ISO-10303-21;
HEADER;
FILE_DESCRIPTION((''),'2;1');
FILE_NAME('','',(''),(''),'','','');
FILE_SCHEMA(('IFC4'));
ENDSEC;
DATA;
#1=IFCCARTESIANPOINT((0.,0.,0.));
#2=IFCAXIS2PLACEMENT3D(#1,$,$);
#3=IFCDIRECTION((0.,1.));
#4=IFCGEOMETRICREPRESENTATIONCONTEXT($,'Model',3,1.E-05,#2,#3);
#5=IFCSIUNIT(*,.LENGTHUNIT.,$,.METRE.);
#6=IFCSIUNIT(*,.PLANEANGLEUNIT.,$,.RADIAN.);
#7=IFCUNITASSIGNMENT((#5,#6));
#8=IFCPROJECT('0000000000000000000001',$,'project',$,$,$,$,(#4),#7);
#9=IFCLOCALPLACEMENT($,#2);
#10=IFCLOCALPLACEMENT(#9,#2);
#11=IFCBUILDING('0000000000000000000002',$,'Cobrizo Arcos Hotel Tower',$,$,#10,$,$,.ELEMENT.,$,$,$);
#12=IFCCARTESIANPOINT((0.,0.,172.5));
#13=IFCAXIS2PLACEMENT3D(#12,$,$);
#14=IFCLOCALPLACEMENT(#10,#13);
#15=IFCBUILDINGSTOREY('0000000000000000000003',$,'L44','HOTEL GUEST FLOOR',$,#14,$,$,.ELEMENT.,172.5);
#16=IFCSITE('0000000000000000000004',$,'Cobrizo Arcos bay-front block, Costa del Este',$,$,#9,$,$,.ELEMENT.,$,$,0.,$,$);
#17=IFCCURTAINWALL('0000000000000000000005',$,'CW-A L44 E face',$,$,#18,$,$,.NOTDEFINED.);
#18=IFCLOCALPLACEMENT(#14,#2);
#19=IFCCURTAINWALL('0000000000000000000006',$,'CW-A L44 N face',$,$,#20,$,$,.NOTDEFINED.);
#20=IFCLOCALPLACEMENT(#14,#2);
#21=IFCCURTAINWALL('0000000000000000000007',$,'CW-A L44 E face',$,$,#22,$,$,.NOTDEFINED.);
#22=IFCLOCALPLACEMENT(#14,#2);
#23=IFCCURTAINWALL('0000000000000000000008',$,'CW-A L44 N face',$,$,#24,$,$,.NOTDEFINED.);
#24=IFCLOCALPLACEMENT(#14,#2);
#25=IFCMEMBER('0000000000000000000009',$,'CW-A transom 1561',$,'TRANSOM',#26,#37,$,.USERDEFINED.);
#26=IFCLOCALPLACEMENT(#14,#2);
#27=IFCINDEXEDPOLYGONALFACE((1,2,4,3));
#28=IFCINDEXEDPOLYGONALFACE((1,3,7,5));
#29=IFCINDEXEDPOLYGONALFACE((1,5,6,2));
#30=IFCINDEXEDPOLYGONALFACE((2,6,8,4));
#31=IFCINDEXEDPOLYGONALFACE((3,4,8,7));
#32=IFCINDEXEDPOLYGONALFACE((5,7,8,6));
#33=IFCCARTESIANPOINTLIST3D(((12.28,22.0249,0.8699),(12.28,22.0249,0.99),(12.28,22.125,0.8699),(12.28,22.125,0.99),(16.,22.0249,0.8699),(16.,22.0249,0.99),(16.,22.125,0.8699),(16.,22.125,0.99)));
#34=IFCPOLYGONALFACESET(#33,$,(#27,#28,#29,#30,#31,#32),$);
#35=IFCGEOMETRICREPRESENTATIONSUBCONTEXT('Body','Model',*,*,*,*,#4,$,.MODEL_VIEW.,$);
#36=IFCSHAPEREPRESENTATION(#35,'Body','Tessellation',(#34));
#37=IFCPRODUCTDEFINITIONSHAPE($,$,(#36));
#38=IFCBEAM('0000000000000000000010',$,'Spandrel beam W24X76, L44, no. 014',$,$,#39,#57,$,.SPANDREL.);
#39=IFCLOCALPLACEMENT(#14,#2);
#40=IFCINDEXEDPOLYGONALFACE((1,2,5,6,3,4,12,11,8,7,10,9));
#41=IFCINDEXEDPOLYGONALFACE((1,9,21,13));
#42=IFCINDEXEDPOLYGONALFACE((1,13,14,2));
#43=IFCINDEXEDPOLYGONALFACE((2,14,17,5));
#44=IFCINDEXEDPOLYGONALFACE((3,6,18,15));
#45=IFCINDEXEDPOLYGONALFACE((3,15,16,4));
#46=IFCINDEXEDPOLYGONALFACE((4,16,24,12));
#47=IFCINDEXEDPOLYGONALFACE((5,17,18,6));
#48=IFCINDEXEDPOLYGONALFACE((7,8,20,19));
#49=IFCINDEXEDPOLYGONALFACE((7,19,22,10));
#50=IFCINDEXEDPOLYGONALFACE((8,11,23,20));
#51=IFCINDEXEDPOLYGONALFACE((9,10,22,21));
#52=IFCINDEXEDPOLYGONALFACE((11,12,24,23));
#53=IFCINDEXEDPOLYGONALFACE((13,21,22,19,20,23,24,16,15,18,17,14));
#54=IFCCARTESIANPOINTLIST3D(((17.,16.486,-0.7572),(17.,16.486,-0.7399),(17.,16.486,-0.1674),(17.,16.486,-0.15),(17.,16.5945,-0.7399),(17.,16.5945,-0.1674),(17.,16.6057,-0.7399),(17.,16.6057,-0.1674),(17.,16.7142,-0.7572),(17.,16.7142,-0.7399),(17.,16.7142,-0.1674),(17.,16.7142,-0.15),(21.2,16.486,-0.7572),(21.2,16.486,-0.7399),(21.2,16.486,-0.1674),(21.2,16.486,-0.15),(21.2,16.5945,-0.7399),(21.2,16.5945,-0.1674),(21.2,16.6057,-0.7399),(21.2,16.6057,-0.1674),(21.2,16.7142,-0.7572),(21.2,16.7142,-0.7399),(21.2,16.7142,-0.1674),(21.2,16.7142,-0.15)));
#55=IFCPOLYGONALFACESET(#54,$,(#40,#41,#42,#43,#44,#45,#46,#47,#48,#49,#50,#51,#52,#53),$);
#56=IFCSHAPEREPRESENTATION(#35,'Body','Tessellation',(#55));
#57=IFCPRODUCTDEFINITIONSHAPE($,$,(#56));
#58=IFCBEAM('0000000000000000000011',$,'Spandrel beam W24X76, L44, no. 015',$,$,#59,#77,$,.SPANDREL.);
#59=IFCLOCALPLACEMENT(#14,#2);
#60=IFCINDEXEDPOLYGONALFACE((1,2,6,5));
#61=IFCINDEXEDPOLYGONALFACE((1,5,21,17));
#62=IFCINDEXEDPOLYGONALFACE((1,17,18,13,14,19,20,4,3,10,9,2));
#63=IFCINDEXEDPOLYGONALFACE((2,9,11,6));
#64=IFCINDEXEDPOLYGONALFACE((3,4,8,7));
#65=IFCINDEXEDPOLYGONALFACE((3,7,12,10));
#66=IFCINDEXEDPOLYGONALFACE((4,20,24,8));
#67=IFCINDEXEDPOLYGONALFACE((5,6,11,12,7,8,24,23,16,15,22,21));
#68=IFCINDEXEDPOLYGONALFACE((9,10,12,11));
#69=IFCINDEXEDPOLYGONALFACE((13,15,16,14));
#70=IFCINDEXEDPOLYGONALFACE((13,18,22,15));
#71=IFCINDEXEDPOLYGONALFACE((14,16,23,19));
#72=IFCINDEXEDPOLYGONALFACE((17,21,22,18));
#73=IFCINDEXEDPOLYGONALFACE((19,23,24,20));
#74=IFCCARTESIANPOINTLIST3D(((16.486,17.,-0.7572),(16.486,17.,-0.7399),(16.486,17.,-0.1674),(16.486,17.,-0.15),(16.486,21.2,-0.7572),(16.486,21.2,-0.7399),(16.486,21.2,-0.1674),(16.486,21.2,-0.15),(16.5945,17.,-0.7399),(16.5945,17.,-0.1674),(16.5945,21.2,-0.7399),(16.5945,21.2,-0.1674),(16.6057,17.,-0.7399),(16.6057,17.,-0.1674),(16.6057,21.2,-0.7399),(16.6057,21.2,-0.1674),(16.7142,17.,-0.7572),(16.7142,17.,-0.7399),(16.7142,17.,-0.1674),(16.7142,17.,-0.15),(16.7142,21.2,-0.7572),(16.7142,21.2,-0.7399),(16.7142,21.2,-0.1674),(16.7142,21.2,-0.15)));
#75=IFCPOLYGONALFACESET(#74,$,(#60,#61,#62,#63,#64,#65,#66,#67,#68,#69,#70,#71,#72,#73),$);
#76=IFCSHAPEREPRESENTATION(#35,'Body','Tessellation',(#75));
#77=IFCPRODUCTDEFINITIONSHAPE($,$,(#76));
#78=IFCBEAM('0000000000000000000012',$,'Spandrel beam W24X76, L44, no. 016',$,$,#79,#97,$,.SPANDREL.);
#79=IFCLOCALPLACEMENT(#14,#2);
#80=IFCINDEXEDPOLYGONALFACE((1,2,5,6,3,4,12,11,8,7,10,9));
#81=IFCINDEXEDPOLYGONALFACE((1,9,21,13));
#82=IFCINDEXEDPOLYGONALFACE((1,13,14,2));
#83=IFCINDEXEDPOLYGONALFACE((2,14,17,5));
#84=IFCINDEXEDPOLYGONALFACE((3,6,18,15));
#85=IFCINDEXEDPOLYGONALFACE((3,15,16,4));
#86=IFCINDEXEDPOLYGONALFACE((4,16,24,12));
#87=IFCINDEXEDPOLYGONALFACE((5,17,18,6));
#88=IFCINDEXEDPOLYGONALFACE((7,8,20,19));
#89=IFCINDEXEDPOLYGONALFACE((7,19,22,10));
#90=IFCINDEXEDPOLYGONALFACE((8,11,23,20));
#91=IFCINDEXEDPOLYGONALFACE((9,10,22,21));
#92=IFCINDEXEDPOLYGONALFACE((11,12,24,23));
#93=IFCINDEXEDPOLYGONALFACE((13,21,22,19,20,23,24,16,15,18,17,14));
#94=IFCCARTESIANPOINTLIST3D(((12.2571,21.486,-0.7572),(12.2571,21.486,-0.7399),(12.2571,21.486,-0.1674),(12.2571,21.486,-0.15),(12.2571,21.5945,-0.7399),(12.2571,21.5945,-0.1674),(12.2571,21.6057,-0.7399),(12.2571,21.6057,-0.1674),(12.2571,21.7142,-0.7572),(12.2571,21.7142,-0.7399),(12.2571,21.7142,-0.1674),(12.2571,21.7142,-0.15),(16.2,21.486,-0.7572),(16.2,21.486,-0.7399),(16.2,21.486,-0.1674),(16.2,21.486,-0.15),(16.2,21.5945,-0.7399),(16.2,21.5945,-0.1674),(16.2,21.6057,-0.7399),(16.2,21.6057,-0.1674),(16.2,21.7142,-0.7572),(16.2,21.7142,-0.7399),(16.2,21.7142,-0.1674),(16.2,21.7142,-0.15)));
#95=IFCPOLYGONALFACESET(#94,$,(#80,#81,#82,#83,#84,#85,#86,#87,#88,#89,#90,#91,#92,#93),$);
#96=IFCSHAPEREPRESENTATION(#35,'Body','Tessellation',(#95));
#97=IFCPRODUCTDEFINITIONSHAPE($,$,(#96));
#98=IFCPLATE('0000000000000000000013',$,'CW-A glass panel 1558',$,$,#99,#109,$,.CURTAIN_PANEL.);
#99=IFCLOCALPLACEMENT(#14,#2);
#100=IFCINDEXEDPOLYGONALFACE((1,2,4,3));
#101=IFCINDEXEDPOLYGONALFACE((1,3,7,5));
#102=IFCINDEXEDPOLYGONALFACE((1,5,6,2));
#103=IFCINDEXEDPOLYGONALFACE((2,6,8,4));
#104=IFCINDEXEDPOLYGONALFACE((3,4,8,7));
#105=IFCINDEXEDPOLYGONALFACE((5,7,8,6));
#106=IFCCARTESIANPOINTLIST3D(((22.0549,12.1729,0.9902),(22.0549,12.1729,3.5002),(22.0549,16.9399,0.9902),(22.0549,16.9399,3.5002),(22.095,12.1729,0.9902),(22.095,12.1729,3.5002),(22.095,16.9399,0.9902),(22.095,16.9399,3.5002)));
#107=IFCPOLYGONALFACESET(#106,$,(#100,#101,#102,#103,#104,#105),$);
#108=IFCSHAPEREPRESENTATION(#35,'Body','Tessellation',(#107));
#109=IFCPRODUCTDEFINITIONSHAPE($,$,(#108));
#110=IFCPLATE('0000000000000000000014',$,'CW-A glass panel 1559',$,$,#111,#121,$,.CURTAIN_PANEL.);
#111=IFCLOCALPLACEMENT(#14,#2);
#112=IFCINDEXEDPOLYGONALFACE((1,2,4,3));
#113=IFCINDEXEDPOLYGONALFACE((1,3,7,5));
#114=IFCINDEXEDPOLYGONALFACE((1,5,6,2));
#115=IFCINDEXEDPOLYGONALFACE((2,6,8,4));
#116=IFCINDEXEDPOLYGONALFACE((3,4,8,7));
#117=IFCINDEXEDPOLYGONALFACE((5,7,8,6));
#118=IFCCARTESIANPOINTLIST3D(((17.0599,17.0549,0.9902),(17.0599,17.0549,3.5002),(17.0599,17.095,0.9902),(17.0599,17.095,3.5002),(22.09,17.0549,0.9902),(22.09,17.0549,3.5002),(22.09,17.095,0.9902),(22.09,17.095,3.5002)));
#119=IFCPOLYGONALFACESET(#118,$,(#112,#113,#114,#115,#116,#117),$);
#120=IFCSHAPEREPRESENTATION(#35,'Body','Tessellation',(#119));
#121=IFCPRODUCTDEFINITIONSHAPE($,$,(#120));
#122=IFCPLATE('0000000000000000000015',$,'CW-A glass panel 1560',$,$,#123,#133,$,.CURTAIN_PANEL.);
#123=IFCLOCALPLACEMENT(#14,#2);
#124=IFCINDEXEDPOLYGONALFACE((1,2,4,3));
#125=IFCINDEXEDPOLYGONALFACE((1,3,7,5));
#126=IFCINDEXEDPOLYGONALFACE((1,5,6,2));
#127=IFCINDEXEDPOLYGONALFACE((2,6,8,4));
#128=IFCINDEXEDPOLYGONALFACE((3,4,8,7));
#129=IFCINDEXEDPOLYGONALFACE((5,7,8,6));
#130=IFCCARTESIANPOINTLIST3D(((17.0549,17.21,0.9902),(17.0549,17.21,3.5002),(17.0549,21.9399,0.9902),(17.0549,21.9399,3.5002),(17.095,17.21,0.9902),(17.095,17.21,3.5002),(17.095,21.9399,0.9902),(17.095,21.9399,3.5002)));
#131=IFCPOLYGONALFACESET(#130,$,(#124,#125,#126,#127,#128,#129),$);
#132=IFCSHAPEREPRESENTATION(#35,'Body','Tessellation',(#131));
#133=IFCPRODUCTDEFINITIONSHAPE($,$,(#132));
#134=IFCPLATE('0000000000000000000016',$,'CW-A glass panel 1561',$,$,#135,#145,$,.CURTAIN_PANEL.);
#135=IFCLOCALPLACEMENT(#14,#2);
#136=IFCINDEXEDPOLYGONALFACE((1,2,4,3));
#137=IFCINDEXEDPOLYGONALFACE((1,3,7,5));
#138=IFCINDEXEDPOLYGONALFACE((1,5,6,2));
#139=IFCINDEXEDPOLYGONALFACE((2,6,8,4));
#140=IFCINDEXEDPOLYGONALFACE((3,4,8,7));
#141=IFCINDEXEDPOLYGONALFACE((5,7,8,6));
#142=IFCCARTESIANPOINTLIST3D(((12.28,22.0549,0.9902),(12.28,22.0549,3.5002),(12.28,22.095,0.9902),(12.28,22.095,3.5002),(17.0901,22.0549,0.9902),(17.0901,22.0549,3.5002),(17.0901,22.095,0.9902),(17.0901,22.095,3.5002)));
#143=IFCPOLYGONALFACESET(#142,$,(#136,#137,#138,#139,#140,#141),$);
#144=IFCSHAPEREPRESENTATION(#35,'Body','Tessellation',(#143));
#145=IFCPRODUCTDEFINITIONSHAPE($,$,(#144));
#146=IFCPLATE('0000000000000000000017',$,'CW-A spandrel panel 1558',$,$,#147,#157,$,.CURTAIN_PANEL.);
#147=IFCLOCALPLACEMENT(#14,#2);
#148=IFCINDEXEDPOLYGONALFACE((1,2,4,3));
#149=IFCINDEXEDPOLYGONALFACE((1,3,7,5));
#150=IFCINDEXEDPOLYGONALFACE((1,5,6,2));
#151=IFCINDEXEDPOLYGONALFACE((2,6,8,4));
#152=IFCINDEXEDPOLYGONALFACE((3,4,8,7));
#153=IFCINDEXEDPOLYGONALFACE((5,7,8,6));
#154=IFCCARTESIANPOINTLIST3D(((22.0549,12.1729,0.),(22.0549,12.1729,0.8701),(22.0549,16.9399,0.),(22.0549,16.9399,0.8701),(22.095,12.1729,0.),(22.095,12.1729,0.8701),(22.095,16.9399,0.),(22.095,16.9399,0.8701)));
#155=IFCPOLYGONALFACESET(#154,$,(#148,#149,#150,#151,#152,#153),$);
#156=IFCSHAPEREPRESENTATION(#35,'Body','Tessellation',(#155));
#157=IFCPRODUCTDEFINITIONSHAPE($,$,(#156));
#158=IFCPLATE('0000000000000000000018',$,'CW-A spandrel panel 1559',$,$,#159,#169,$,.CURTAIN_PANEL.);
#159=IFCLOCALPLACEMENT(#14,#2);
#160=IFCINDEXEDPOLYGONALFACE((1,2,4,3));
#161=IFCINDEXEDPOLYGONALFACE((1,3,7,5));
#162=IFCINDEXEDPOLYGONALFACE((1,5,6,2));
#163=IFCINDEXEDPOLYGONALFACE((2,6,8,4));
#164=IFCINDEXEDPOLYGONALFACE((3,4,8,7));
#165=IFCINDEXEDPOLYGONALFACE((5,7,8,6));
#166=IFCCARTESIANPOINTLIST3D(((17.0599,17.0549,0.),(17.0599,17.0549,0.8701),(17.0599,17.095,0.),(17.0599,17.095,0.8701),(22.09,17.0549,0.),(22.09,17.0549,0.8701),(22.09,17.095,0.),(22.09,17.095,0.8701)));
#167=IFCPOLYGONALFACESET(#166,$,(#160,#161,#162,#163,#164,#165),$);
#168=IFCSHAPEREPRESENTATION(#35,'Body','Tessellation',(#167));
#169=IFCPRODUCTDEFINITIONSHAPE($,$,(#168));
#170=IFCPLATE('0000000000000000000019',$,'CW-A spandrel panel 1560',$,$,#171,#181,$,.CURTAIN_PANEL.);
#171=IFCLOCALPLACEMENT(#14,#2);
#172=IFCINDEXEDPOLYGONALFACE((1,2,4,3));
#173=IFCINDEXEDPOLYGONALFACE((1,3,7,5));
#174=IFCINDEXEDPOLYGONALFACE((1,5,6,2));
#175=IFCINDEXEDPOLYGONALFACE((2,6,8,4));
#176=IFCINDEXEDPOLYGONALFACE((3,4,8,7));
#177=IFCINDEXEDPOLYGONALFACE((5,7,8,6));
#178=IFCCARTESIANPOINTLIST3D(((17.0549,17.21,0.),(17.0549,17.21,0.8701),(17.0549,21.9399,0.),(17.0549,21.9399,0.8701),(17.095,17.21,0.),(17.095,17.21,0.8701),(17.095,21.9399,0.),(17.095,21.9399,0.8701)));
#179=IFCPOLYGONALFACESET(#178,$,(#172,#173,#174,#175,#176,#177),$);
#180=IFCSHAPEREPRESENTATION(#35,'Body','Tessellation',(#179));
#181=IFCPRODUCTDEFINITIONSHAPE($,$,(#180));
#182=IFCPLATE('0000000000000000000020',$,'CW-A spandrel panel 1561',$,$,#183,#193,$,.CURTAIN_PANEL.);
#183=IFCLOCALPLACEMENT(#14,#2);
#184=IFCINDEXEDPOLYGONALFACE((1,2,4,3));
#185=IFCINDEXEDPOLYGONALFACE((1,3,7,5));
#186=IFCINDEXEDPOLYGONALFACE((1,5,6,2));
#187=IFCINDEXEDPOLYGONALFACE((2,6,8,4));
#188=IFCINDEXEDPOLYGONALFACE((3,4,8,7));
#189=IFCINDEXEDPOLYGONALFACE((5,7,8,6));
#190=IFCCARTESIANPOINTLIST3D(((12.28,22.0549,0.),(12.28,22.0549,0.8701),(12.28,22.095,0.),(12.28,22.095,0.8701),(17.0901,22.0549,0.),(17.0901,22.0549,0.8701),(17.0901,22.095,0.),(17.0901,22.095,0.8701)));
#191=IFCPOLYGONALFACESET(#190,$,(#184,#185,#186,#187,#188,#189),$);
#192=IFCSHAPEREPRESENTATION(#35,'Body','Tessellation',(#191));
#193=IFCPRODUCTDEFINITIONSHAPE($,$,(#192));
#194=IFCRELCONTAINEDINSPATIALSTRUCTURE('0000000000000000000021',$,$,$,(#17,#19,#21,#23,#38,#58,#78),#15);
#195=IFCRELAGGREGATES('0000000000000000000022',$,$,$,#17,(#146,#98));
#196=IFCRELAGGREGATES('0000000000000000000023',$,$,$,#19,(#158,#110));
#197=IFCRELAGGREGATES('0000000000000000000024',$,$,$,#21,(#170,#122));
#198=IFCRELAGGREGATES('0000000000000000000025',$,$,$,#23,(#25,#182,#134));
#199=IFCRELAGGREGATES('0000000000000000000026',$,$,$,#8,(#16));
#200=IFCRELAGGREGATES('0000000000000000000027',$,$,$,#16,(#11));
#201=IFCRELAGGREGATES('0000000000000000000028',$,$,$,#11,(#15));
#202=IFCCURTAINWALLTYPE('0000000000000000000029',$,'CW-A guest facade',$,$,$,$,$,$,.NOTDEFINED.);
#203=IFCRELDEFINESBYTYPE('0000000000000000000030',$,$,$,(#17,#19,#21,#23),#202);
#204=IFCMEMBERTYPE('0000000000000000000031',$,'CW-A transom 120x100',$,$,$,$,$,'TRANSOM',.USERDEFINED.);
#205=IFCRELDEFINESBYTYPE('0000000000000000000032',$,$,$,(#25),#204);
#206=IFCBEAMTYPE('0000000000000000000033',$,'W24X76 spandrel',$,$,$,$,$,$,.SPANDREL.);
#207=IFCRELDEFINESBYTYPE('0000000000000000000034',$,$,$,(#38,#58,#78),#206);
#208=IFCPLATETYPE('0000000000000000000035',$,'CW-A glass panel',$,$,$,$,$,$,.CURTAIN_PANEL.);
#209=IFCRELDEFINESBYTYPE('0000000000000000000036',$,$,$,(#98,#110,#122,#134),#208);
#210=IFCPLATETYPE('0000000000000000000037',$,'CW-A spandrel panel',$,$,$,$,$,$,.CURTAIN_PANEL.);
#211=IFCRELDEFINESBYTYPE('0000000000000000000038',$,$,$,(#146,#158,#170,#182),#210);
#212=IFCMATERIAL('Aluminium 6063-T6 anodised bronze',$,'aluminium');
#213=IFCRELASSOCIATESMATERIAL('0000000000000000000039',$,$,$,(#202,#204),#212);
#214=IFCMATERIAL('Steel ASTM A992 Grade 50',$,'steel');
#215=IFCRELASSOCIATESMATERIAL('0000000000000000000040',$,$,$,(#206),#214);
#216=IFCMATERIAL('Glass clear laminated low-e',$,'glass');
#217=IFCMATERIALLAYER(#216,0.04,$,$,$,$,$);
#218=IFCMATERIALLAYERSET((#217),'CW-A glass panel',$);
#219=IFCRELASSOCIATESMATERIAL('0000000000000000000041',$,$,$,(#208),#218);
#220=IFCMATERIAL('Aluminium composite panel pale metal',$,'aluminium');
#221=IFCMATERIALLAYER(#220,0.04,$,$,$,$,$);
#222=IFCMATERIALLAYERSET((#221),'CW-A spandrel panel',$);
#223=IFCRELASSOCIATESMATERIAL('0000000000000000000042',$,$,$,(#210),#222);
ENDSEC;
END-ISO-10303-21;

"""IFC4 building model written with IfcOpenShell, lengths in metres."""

from ifc_helpers import new_model, si_unit, direction, frame, origin, origin_2d, place, context, subcontext, project, spatial, rectangle, i_section, extrude, material, layer, layer_set, material_profile, profile_set, type_object, element, aggregate, save


model = new_model("IFC4")

# Units and contexts
model_context = context("Model", 3, precision=1e-05, world=origin(), true_north=direction((0.0, 1.0)))
body_context = subcontext(model_context, "Body", "Model", "MODEL_VIEW")
ifc_project = project(units=[si_unit("LENGTHUNIT", "METRE"), si_unit("PLANEANGLEUNIT", "RADIAN")], contexts=[model_context])

# Site, building, storey
site_placement = place(None, origin())
site = spatial("IfcSite", under=ifc_project, at=site_placement, Name="Cobrizo Arcos bay-front block, Costa del Este", CompositionType="ELEMENT", RefElevation=0.0)
building_placement = place(site_placement, origin())
building = spatial("IfcBuilding", under=site, at=building_placement, Name="Cobrizo Arcos Hotel Tower", CompositionType="ELEMENT")
storey_placement = place(building_placement, frame((0.0, 0.0, 172.5)))
storey = spatial("IfcBuildingStorey", under=building, at=storey_placement, Name="L44", Description="HOTEL GUEST FLOOR", CompositionType="ELEMENT", Elevation=172.5)

# Curtain wall
ifc_material_1 = material(Name="Aluminium 6063-T6 anodised bronze", Category="aluminium")
curtain_wall_type = type_object("IfcCurtainWallType", Name="CW-A guest facade", PredefinedType="NOTDEFINED", material=ifc_material_1)
curtain_wall_1_placement = place(storey_placement, origin())
curtain_wall_1 = element("IfcCurtainWall", 1, at=curtain_wall_1_placement, inside=storey, type_object=curtain_wall_type, Name="CW-A L44 E face", PredefinedType="NOTDEFINED")

# Curtain walls
curtain_wall_2_placement = place(storey_placement, origin())
curtain_wall_2 = element("IfcCurtainWall", 2, at=curtain_wall_2_placement, inside=storey, type_object=curtain_wall_type, Name="CW-A L44 N face", PredefinedType="NOTDEFINED")
curtain_wall_3_placement = place(storey_placement, origin())
curtain_wall_3 = element("IfcCurtainWall", 3, at=curtain_wall_3_placement, inside=storey, type_object=curtain_wall_type, Name="CW-A L44 E face", PredefinedType="NOTDEFINED")

# Curtain wall
curtain_wall_4_placement = place(storey_placement, origin())
curtain_wall_4 = element("IfcCurtainWall", 4, at=curtain_wall_4_placement, inside=storey, type_object=curtain_wall_type, Name="CW-A L44 N face", PredefinedType="NOTDEFINED")

# Member
ifc_material_profile_1 = material_profile(ifc_material_1, rectangle(XDim=0.1001, YDim=0.1201, at=origin_2d()), Name="CW-A transom 120x100")
ifc_profile_set_1 = profile_set([ifc_material_profile_1], Name="Aluminium 6063-T6 anodised bronze")
member_type_1 = type_object("IfcMemberType", Name="CW-A transom 120x100", ElementType="TRANSOM", PredefinedType="USERDEFINED", material=ifc_profile_set_1)
member_1_placement = place(storey_placement, frame((16.0, 22.075, 0.9299), z_axis=(-1.0, 0.0, 0.0), x_axis=(0.0, -1.0, 0.0)))
member_1 = element("IfcMember", 5, at=member_1_placement, type_object=member_type_1, Name="CW-A transom 1561", ObjectType="TRANSOM", PredefinedType="USERDEFINED", context=body_context, shape_type="SweptSolid", body=[
    extrude(rectangle(XDim=0.1001, YDim=0.1201, at=origin_2d()), origin(), (0.0, 0.0, 1.0), 3.72),
])

# Beams
ifc_material_2 = material(Name="Steel ASTM A992 Grade 50", Category="steel")
ifc_material_profile_2 = material_profile(ifc_material_2, i_section(OverallWidth=0.2283, OverallDepth=0.6072, WebThickness=0.0112, FlangeThickness=0.0173, at=origin_2d()), Name="W24X76")
ifc_profile_set_2 = profile_set([ifc_material_profile_2], Name="Steel ASTM A992 Grade 50")
beam_type_1 = type_object("IfcBeamType", Name="W24X76 spandrel", PredefinedType="SPANDREL", material=ifc_profile_set_2)
for number, where, z_axis, x_axis, name in (
    (6, (21.2, 16.6001, -0.4536), (-1.0, 0.0, 0.0), (0.0, -1.0, 0.0), "Spandrel beam W24X76, L44, no. 014"),
    (7, (16.6001, 17.0, -0.4536), (0.0, 1.0, 0.0), (-1.0, 0.0, 0.0), "Spandrel beam W24X76, L44, no. 015"),
):
    element("IfcBeam", number, at=place(storey_placement, frame(where, z_axis=z_axis, x_axis=x_axis)), inside=storey, type_object=beam_type_1, Name=name, PredefinedType="SPANDREL", context=body_context, shape_type="SweptSolid", body=[
        extrude(i_section(OverallWidth=0.2283, OverallDepth=0.6072, WebThickness=0.0112, FlangeThickness=0.0173, at=origin_2d()), origin(), (0.0, 0.0, 1.0), 4.2),
    ])
beam_1_placement = place(storey_placement, frame((16.2, 21.6001, -0.4536), z_axis=(-1.0, 0.0, 0.0), x_axis=(0.0, -1.0, 0.0)))
element("IfcBeam", 8, at=beam_1_placement, inside=storey, type_object=beam_type_1, Name="Spandrel beam W24X76, L44, no. 016", PredefinedType="SPANDREL", context=body_context, shape_type="SweptSolid", body=[
    extrude(i_section(OverallWidth=0.2283, OverallDepth=0.6072, WebThickness=0.0112, FlangeThickness=0.0173, at=origin_2d()), origin(), (0.0, 0.0, 1.0), 3.9429),
])

# Plates
ifc_material_3 = material(Name="Glass clear laminated low-e", Category="glass")
ifc_layer_1 = layer(ifc_material_3, 0.04)
ifc_layer_set_1 = layer_set([ifc_layer_1], Name="CW-A glass panel")
plate_type_1 = type_object("IfcPlateType", Name="CW-A glass panel", PredefinedType="CURTAIN_PANEL", material=ifc_layer_set_1)
plate_1_placement = place(storey_placement, frame((22.075, 14.5564, 0.9902), z_axis=(0.0, 0.0, 1.0), x_axis=(0.0, 1.0, 0.0)))
plate_1 = element("IfcPlate", 9, at=plate_1_placement, type_object=plate_type_1, Name="CW-A glass panel 1558", PredefinedType="CURTAIN_PANEL", context=body_context, shape_type="SweptSolid", body=[
    extrude(rectangle(XDim=4.7671, YDim=0.04, at=origin_2d()), origin(), (0.0, 0.0, 1.0), 2.51),
])
plate_2_placement = place(storey_placement, frame((19.575, 17.075, 0.9902), z_axis=(0.0, 0.0, 1.0), x_axis=(-1.0, 0.0, 0.0)))
plate_2 = element("IfcPlate", 10, at=plate_2_placement, type_object=plate_type_1, Name="CW-A glass panel 1559", PredefinedType="CURTAIN_PANEL", context=body_context, shape_type="SweptSolid", body=[
    extrude(rectangle(XDim=5.03, YDim=0.04, at=origin_2d()), origin(), (0.0, 0.0, 1.0), 2.51),
])
plate_3_placement = place(storey_placement, frame((17.075, 19.575, 0.9902), z_axis=(0.0, 0.0, 1.0), x_axis=(0.0, 1.0, 0.0)))
plate_3 = element("IfcPlate", 11, at=plate_3_placement, type_object=plate_type_1, Name="CW-A glass panel 1560", PredefinedType="CURTAIN_PANEL", context=body_context, shape_type="SweptSolid", body=[
    extrude(rectangle(XDim=4.73, YDim=0.04, at=origin_2d()), origin(), (0.0, 0.0, 1.0), 2.51),
])
plate_4_placement = place(storey_placement, frame((14.6851, 22.075, 0.9902), z_axis=(0.0, 0.0, 1.0), x_axis=(-1.0, 0.0, 0.0)))
plate_4 = element("IfcPlate", 12, at=plate_4_placement, type_object=plate_type_1, Name="CW-A glass panel 1561", PredefinedType="CURTAIN_PANEL", context=body_context, shape_type="SweptSolid", body=[
    extrude(rectangle(XDim=4.8101, YDim=0.04, at=origin_2d()), origin(), (0.0, 0.0, 1.0), 2.51),
])
ifc_material_4 = material(Name="Aluminium composite panel pale metal", Category="aluminium")
ifc_layer_2 = layer(ifc_material_4, 0.04)
ifc_layer_set_2 = layer_set([ifc_layer_2], Name="CW-A spandrel panel")
plate_type_2 = type_object("IfcPlateType", Name="CW-A spandrel panel", PredefinedType="CURTAIN_PANEL", material=ifc_layer_set_2)
plate_5_placement = place(storey_placement, frame((22.075, 14.5564, 0.0), z_axis=(0.0, 0.0, 1.0), x_axis=(0.0, 1.0, 0.0)))
plate_5 = element("IfcPlate", 13, at=plate_5_placement, type_object=plate_type_2, Name="CW-A spandrel panel 1558", PredefinedType="CURTAIN_PANEL", context=body_context, shape_type="SweptSolid", body=[
    extrude(rectangle(XDim=4.7671, YDim=0.04, at=origin_2d()), origin(), (0.0, 0.0, 1.0), 0.8701),
])
aggregate(curtain_wall_1, [plate_5, plate_1])
plate_6_placement = place(storey_placement, frame((19.575, 17.075, 0.0), z_axis=(0.0, 0.0, 1.0), x_axis=(-1.0, 0.0, 0.0)))
plate_6 = element("IfcPlate", 14, at=plate_6_placement, type_object=plate_type_2, Name="CW-A spandrel panel 1559", PredefinedType="CURTAIN_PANEL", context=body_context, shape_type="SweptSolid", body=[
    extrude(rectangle(XDim=5.03, YDim=0.04, at=origin_2d()), origin(), (0.0, 0.0, 1.0), 0.8701),
])
aggregate(curtain_wall_2, [plate_6, plate_2])
plate_7_placement = place(storey_placement, frame((17.075, 19.575, 0.0), z_axis=(0.0, 0.0, 1.0), x_axis=(0.0, 1.0, 0.0)))
plate_7 = element("IfcPlate", 15, at=plate_7_placement, type_object=plate_type_2, Name="CW-A spandrel panel 1560", PredefinedType="CURTAIN_PANEL", context=body_context, shape_type="SweptSolid", body=[
    extrude(rectangle(XDim=4.73, YDim=0.04, at=origin_2d()), origin(), (0.0, 0.0, 1.0), 0.8701),
])
aggregate(curtain_wall_3, [plate_7, plate_3])
plate_8_placement = place(storey_placement, frame((14.6851, 22.075, 0.0), z_axis=(0.0, 0.0, 1.0), x_axis=(-1.0, 0.0, 0.0)))
plate_8 = element("IfcPlate", 16, at=plate_8_placement, type_object=plate_type_2, Name="CW-A spandrel panel 1561", PredefinedType="CURTAIN_PANEL", context=body_context, shape_type="SweptSolid", body=[
    extrude(rectangle(XDim=4.8101, YDim=0.04, at=origin_2d()), origin(), (0.0, 0.0, 1.0), 0.8701),
])
aggregate(curtain_wall_4, [member_1, plate_8, plate_4])

save(model, "model.ifc")
